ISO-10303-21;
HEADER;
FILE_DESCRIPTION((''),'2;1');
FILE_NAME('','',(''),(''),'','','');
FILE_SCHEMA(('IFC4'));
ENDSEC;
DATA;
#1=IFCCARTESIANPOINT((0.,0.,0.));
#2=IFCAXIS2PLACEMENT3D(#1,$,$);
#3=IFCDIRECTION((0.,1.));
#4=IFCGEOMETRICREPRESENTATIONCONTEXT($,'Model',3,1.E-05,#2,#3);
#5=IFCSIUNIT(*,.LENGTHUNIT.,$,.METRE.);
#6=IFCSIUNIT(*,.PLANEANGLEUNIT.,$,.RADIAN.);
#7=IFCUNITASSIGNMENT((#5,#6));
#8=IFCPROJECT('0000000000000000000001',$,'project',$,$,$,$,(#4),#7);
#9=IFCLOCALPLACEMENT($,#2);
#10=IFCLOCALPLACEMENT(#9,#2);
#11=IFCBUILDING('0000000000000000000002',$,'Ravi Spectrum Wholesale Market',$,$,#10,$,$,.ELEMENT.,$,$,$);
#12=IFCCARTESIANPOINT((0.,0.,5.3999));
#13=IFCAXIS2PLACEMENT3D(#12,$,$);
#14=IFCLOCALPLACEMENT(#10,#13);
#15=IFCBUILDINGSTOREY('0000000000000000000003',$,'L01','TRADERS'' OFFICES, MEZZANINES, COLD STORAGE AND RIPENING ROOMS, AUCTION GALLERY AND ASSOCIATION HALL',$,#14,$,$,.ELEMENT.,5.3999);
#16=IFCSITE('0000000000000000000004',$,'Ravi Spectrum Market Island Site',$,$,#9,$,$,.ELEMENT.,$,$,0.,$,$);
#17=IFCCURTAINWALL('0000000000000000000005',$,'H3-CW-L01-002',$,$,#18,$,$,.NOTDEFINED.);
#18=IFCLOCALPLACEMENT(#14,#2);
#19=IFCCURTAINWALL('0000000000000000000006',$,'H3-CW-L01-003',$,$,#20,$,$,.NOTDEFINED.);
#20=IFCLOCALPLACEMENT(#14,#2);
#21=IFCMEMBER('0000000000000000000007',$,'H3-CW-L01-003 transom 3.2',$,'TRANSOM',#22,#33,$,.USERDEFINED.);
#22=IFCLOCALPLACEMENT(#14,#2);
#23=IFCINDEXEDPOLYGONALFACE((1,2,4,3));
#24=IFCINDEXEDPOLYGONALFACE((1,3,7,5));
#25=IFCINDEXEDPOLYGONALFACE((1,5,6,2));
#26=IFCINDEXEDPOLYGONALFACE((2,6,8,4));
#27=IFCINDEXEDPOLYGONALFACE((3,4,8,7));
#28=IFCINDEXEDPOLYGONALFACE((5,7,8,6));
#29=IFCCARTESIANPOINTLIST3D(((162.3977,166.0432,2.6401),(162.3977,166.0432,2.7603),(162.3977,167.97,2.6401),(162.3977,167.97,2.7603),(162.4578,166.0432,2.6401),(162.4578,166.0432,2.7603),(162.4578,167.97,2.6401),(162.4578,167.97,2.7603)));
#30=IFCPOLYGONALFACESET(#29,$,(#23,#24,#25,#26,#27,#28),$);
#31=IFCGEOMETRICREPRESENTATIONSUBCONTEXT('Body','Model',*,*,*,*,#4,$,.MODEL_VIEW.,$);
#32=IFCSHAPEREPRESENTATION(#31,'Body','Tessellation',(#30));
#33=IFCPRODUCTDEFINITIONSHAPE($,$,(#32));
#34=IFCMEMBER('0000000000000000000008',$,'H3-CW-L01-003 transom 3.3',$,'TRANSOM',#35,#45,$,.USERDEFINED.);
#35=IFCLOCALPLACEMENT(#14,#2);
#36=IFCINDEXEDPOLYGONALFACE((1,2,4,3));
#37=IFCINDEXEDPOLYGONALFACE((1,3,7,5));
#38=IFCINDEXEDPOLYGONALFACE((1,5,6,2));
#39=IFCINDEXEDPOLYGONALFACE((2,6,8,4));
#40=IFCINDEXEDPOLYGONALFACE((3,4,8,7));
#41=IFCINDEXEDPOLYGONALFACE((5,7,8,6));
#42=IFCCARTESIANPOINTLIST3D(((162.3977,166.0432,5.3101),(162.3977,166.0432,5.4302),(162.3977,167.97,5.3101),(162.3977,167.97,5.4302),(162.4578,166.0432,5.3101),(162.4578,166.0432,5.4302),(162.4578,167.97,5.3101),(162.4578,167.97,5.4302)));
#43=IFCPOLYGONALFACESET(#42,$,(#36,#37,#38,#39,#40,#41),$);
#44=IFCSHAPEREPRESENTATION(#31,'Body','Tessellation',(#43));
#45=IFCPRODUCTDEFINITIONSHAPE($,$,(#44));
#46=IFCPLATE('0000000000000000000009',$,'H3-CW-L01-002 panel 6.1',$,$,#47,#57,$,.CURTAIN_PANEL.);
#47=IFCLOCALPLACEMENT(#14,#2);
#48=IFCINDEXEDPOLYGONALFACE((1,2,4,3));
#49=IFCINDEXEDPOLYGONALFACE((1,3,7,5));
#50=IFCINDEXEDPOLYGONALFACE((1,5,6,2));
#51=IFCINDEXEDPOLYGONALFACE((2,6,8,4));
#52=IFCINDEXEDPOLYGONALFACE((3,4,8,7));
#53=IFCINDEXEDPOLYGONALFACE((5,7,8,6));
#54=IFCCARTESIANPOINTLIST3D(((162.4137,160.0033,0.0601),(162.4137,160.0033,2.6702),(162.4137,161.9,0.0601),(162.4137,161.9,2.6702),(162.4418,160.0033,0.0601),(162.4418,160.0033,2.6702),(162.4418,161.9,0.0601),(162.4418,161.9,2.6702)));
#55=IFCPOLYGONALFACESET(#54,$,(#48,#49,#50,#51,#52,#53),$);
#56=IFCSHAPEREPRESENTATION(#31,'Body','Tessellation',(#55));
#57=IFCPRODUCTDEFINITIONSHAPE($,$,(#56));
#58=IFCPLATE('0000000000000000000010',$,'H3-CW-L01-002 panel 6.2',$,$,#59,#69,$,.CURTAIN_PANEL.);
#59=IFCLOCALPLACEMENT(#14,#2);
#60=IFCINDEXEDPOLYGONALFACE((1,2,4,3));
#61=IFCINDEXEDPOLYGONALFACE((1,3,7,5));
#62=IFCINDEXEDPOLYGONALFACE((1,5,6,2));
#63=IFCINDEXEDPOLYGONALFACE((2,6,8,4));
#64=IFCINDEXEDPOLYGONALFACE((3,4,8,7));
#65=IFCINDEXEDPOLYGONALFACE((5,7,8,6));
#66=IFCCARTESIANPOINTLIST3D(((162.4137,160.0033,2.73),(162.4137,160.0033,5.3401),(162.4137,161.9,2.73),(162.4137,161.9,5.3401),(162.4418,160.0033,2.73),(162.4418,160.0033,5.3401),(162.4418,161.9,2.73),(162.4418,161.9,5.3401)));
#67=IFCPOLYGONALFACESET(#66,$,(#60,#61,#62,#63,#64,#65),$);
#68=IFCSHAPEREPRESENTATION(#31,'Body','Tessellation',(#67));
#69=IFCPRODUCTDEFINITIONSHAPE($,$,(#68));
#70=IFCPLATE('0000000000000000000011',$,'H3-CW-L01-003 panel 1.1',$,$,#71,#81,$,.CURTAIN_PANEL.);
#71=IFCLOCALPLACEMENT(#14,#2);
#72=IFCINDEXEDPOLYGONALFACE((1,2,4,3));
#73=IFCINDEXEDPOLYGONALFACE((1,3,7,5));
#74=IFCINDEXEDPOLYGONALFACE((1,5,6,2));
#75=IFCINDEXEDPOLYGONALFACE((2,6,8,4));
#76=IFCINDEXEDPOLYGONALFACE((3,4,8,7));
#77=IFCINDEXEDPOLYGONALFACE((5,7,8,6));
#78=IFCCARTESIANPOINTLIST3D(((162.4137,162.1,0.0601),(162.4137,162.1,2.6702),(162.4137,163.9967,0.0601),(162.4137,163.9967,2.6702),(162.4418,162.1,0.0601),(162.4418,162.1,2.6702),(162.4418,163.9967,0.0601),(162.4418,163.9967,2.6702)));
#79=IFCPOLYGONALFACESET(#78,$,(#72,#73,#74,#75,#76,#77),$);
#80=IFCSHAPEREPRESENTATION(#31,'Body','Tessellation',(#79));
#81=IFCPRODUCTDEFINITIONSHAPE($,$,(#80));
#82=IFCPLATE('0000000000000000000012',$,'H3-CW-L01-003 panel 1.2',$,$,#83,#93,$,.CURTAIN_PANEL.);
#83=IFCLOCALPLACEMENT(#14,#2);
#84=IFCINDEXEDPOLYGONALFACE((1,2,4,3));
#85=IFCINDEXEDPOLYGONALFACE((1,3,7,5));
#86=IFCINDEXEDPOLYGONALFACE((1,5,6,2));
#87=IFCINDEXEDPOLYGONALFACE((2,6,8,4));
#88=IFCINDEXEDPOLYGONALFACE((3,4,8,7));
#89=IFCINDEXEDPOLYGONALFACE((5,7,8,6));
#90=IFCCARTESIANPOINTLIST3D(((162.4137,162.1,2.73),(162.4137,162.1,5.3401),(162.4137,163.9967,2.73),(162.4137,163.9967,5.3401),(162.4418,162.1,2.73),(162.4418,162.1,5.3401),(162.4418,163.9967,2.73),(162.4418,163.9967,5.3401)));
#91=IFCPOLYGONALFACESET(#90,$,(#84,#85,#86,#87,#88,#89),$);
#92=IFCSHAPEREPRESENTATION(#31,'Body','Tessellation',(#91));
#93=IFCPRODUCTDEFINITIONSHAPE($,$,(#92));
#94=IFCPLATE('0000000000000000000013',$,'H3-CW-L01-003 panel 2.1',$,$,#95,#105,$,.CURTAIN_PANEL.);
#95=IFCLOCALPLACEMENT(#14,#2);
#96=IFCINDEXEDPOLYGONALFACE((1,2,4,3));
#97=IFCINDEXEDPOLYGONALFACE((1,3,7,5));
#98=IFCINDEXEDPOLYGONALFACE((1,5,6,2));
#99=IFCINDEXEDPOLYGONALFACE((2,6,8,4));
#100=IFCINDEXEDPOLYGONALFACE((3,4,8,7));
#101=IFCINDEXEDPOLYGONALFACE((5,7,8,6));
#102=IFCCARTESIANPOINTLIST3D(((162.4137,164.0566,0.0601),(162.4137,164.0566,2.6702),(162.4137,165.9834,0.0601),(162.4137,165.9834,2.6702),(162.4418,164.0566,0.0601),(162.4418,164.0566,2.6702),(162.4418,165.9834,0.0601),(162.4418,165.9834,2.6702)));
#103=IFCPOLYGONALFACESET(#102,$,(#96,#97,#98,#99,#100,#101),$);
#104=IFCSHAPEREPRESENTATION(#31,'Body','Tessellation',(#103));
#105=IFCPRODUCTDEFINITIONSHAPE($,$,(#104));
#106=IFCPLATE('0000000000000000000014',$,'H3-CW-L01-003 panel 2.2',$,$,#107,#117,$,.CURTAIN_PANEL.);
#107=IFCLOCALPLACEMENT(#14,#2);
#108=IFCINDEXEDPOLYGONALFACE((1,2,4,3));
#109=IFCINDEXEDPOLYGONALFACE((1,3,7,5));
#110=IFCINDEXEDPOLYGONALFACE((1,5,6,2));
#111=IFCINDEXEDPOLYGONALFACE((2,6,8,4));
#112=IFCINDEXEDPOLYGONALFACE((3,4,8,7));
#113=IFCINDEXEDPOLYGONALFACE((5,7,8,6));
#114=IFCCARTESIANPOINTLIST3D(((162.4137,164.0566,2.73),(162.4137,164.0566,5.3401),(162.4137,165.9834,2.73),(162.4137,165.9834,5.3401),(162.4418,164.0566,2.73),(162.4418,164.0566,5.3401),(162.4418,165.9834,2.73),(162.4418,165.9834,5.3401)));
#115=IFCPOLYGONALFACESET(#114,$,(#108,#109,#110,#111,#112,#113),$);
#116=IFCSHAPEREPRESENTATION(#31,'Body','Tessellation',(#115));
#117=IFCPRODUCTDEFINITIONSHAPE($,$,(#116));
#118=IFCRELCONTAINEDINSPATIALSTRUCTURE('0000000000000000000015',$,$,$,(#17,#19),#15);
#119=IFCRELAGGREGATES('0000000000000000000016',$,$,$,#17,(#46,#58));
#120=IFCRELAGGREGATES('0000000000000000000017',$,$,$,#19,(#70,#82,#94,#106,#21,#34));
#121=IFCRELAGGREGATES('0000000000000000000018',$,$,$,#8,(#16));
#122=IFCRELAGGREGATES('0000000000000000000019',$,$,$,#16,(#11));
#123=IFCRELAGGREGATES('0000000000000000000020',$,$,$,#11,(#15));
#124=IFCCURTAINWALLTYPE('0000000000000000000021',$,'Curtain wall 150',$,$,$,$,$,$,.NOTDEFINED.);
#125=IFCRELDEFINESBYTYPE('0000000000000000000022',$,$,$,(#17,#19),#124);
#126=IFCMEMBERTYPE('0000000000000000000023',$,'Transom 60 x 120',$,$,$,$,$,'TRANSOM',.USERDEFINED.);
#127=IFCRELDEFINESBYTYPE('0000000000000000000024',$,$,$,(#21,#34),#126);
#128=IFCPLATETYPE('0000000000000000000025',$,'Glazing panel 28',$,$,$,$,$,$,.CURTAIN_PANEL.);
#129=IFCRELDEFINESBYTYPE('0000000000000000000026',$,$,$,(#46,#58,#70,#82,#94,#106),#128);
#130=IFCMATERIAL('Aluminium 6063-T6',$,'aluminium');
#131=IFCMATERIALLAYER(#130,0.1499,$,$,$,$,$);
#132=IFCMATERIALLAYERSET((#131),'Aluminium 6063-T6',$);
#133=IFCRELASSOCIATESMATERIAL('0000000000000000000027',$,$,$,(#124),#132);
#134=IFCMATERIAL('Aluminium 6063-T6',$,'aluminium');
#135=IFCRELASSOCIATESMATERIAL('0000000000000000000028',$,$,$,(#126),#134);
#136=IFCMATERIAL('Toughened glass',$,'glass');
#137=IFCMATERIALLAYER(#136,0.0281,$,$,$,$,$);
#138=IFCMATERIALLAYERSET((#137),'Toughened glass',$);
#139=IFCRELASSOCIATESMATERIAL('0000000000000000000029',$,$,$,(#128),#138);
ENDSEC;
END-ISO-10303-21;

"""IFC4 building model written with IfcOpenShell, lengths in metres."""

from ifc_helpers import new_model, si_unit, direction, frame, origin, origin_2d, place, context, subcontext, project, spatial, rectangle, extrude, material, layer, layer_set, material_profile, profile_set, type_object, element, aggregate, save


model = new_model("IFC4")

# Units and contexts
model_context = context("Model", 3, precision=1e-05, world=origin(), true_north=direction((0.0, 1.0)))
body_context = subcontext(model_context, "Body", "Model", "MODEL_VIEW")
ifc_project = project(units=[si_unit("LENGTHUNIT", "METRE"), si_unit("PLANEANGLEUNIT", "RADIAN")], contexts=[model_context])

# Site, building, storey
site_placement = place(None, origin())
site = spatial("IfcSite", under=ifc_project, at=site_placement, Name="Ravi Spectrum Market Island Site", CompositionType="ELEMENT", RefElevation=0.0)
building_placement = place(site_placement, origin())
building = spatial("IfcBuilding", under=site, at=building_placement, Name="Ravi Spectrum Wholesale Market", CompositionType="ELEMENT")
storey_placement = place(building_placement, frame((0.0, 0.0, 5.3999)))
storey = spatial("IfcBuildingStorey", under=building, at=storey_placement, Name="L01", Description="TRADERS' OFFICES, MEZZANINES, COLD STORAGE AND RIPENING ROOMS, AUCTION GALLERY AND ASSOCIATION HALL", CompositionType="ELEMENT", Elevation=5.3999)

# Curtain wall
ifc_material_1 = material(Name="Aluminium 6063-T6", Category="aluminium")
ifc_layer_1 = layer(ifc_material_1, 0.1499)
ifc_layer_set_1 = layer_set([ifc_layer_1], Name="Aluminium 6063-T6")
curtain_wall_type = type_object("IfcCurtainWallType", Name="Curtain wall 150", PredefinedType="NOTDEFINED", material=ifc_layer_set_1)
curtain_wall_1_placement = place(storey_placement, origin())
curtain_wall_1 = element("IfcCurtainWall", 1, at=curtain_wall_1_placement, inside=storey, type_object=curtain_wall_type, Name="H3-CW-L01-002", PredefinedType="NOTDEFINED")

# Curtain wall
curtain_wall_2_placement = place(storey_placement, origin())
curtain_wall_2 = element("IfcCurtainWall", 2, at=curtain_wall_2_placement, inside=storey, type_object=curtain_wall_type, Name="H3-CW-L01-003", PredefinedType="NOTDEFINED")

# Members
ifc_material_2 = material(Name="Aluminium 6063-T6", Category="aluminium")
ifc_material_profile_1 = material_profile(ifc_material_2, rectangle(XDim=0.0601, YDim=0.1201, at=origin_2d()))
ifc_profile_set_1 = profile_set([ifc_material_profile_1], Name="Aluminium 6063-T6")
member_type_1 = type_object("IfcMemberType", Name="Transom 60 x 120", ElementType="TRANSOM", PredefinedType="USERDEFINED", material=ifc_profile_set_1)
member_1_placement = place(storey_placement, frame((162.4277, 166.0432, 2.7002), z_axis=(0.0, 1.0, 0.0), x_axis=(-1.0, 0.0, 0.0)))
member_1 = element("IfcMember", 3, at=member_1_placement, type_object=member_type_1, Name="H3-CW-L01-003 transom 3.2", ObjectType="TRANSOM", PredefinedType="USERDEFINED", context=body_context, shape_type="SweptSolid", body=[
    extrude(rectangle(XDim=0.0601, YDim=0.1201, at=origin_2d()), origin(), (0.0, 0.0, 1.0), 1.9268),
])
member_2_placement = place(storey_placement, frame((162.4277, 166.0432, 5.3701), z_axis=(0.0, 1.0, 0.0), x_axis=(-1.0, 0.0, 0.0)))
member_2 = element("IfcMember", 4, at=member_2_placement, type_object=member_type_1, Name="H3-CW-L01-003 transom 3.3", ObjectType="TRANSOM", PredefinedType="USERDEFINED", context=body_context, shape_type="SweptSolid", body=[
    extrude(rectangle(XDim=0.0601, YDim=0.1201, at=origin_2d()), origin(), (0.0, 0.0, 1.0), 1.9268),
])

# Plates
ifc_material_3 = material(Name="Toughened glass", Category="glass")
ifc_layer_2 = layer(ifc_material_3, 0.0281)
ifc_layer_set_2 = layer_set([ifc_layer_2], Name="Toughened glass")
plate_type = type_object("IfcPlateType", Name="Glazing panel 28", PredefinedType="CURTAIN_PANEL", material=ifc_layer_set_2)
plate_1_placement = place(storey_placement, frame((162.4277, 160.9517, 0.0601), z_axis=(0.0, 0.0, 1.0), x_axis=(0.0, 1.0, 0.0)))
plate_1 = element("IfcPlate", 5, at=plate_1_placement, type_object=plate_type, Name="H3-CW-L01-002 panel 6.1", PredefinedType="CURTAIN_PANEL", context=body_context, shape_type="SweptSolid", body=[
    extrude(rectangle(XDim=1.8967, YDim=0.0281, at=origin_2d()), origin(), (0.0, 0.0, 1.0), 2.6101),
])
plate_2_placement = place(storey_placement, frame((162.4277, 160.9517, 2.73), z_axis=(0.0, 0.0, 1.0), x_axis=(0.0, 1.0, 0.0)))
plate_2 = element("IfcPlate", 6, at=plate_2_placement, type_object=plate_type, Name="H3-CW-L01-002 panel 6.2", PredefinedType="CURTAIN_PANEL", context=body_context, shape_type="SweptSolid", body=[
    extrude(rectangle(XDim=1.8967, YDim=0.0281, at=origin_2d()), origin(), (0.0, 0.0, 1.0), 2.6101),
])
aggregate(curtain_wall_1, [plate_1, plate_2])
plate_3_placement = place(storey_placement, frame((162.4277, 163.0483, 0.0601), z_axis=(0.0, 0.0, 1.0), x_axis=(0.0, 1.0, 0.0)))
plate_3 = element("IfcPlate", 7, at=plate_3_placement, type_object=plate_type, Name="H3-CW-L01-003 panel 1.1", PredefinedType="CURTAIN_PANEL", context=body_context, shape_type="SweptSolid", body=[
    extrude(rectangle(XDim=1.8967, YDim=0.0281, at=origin_2d()), origin(), (0.0, 0.0, 1.0), 2.6101),
])
plate_4_placement = place(storey_placement, frame((162.4277, 163.0483, 2.73), z_axis=(0.0, 0.0, 1.0), x_axis=(0.0, 1.0, 0.0)))
plate_4 = element("IfcPlate", 8, at=plate_4_placement, type_object=plate_type, Name="H3-CW-L01-003 panel 1.2", PredefinedType="CURTAIN_PANEL", context=body_context, shape_type="SweptSolid", body=[
    extrude(rectangle(XDim=1.8967, YDim=0.0281, at=origin_2d()), origin(), (0.0, 0.0, 1.0), 2.6101),
])
plate_5_placement = place(storey_placement, frame((162.4277, 165.02, 0.0601), z_axis=(0.0, 0.0, 1.0), x_axis=(0.0, 1.0, 0.0)))
plate_5 = element("IfcPlate", 9, at=plate_5_placement, type_object=plate_type, Name="H3-CW-L01-003 panel 2.1", PredefinedType="CURTAIN_PANEL", context=body_context, shape_type="SweptSolid", body=[
    extrude(rectangle(XDim=1.9268, YDim=0.0281, at=origin_2d()), origin(), (0.0, 0.0, 1.0), 2.6101),
])
plate_6_placement = place(storey_placement, frame((162.4277, 165.02, 2.73), z_axis=(0.0, 0.0, 1.0), x_axis=(0.0, 1.0, 0.0)))
plate_6 = element("IfcPlate", 10, at=plate_6_placement, type_object=plate_type, Name="H3-CW-L01-003 panel 2.2", PredefinedType="CURTAIN_PANEL", context=body_context, shape_type="SweptSolid", body=[
    extrude(rectangle(XDim=1.9268, YDim=0.0281, at=origin_2d()), origin(), (0.0, 0.0, 1.0), 2.6101),
])
aggregate(curtain_wall_2, [plate_3, plate_4, plate_5, plate_6, member_1, member_2])

save(model, "model.ifc")
